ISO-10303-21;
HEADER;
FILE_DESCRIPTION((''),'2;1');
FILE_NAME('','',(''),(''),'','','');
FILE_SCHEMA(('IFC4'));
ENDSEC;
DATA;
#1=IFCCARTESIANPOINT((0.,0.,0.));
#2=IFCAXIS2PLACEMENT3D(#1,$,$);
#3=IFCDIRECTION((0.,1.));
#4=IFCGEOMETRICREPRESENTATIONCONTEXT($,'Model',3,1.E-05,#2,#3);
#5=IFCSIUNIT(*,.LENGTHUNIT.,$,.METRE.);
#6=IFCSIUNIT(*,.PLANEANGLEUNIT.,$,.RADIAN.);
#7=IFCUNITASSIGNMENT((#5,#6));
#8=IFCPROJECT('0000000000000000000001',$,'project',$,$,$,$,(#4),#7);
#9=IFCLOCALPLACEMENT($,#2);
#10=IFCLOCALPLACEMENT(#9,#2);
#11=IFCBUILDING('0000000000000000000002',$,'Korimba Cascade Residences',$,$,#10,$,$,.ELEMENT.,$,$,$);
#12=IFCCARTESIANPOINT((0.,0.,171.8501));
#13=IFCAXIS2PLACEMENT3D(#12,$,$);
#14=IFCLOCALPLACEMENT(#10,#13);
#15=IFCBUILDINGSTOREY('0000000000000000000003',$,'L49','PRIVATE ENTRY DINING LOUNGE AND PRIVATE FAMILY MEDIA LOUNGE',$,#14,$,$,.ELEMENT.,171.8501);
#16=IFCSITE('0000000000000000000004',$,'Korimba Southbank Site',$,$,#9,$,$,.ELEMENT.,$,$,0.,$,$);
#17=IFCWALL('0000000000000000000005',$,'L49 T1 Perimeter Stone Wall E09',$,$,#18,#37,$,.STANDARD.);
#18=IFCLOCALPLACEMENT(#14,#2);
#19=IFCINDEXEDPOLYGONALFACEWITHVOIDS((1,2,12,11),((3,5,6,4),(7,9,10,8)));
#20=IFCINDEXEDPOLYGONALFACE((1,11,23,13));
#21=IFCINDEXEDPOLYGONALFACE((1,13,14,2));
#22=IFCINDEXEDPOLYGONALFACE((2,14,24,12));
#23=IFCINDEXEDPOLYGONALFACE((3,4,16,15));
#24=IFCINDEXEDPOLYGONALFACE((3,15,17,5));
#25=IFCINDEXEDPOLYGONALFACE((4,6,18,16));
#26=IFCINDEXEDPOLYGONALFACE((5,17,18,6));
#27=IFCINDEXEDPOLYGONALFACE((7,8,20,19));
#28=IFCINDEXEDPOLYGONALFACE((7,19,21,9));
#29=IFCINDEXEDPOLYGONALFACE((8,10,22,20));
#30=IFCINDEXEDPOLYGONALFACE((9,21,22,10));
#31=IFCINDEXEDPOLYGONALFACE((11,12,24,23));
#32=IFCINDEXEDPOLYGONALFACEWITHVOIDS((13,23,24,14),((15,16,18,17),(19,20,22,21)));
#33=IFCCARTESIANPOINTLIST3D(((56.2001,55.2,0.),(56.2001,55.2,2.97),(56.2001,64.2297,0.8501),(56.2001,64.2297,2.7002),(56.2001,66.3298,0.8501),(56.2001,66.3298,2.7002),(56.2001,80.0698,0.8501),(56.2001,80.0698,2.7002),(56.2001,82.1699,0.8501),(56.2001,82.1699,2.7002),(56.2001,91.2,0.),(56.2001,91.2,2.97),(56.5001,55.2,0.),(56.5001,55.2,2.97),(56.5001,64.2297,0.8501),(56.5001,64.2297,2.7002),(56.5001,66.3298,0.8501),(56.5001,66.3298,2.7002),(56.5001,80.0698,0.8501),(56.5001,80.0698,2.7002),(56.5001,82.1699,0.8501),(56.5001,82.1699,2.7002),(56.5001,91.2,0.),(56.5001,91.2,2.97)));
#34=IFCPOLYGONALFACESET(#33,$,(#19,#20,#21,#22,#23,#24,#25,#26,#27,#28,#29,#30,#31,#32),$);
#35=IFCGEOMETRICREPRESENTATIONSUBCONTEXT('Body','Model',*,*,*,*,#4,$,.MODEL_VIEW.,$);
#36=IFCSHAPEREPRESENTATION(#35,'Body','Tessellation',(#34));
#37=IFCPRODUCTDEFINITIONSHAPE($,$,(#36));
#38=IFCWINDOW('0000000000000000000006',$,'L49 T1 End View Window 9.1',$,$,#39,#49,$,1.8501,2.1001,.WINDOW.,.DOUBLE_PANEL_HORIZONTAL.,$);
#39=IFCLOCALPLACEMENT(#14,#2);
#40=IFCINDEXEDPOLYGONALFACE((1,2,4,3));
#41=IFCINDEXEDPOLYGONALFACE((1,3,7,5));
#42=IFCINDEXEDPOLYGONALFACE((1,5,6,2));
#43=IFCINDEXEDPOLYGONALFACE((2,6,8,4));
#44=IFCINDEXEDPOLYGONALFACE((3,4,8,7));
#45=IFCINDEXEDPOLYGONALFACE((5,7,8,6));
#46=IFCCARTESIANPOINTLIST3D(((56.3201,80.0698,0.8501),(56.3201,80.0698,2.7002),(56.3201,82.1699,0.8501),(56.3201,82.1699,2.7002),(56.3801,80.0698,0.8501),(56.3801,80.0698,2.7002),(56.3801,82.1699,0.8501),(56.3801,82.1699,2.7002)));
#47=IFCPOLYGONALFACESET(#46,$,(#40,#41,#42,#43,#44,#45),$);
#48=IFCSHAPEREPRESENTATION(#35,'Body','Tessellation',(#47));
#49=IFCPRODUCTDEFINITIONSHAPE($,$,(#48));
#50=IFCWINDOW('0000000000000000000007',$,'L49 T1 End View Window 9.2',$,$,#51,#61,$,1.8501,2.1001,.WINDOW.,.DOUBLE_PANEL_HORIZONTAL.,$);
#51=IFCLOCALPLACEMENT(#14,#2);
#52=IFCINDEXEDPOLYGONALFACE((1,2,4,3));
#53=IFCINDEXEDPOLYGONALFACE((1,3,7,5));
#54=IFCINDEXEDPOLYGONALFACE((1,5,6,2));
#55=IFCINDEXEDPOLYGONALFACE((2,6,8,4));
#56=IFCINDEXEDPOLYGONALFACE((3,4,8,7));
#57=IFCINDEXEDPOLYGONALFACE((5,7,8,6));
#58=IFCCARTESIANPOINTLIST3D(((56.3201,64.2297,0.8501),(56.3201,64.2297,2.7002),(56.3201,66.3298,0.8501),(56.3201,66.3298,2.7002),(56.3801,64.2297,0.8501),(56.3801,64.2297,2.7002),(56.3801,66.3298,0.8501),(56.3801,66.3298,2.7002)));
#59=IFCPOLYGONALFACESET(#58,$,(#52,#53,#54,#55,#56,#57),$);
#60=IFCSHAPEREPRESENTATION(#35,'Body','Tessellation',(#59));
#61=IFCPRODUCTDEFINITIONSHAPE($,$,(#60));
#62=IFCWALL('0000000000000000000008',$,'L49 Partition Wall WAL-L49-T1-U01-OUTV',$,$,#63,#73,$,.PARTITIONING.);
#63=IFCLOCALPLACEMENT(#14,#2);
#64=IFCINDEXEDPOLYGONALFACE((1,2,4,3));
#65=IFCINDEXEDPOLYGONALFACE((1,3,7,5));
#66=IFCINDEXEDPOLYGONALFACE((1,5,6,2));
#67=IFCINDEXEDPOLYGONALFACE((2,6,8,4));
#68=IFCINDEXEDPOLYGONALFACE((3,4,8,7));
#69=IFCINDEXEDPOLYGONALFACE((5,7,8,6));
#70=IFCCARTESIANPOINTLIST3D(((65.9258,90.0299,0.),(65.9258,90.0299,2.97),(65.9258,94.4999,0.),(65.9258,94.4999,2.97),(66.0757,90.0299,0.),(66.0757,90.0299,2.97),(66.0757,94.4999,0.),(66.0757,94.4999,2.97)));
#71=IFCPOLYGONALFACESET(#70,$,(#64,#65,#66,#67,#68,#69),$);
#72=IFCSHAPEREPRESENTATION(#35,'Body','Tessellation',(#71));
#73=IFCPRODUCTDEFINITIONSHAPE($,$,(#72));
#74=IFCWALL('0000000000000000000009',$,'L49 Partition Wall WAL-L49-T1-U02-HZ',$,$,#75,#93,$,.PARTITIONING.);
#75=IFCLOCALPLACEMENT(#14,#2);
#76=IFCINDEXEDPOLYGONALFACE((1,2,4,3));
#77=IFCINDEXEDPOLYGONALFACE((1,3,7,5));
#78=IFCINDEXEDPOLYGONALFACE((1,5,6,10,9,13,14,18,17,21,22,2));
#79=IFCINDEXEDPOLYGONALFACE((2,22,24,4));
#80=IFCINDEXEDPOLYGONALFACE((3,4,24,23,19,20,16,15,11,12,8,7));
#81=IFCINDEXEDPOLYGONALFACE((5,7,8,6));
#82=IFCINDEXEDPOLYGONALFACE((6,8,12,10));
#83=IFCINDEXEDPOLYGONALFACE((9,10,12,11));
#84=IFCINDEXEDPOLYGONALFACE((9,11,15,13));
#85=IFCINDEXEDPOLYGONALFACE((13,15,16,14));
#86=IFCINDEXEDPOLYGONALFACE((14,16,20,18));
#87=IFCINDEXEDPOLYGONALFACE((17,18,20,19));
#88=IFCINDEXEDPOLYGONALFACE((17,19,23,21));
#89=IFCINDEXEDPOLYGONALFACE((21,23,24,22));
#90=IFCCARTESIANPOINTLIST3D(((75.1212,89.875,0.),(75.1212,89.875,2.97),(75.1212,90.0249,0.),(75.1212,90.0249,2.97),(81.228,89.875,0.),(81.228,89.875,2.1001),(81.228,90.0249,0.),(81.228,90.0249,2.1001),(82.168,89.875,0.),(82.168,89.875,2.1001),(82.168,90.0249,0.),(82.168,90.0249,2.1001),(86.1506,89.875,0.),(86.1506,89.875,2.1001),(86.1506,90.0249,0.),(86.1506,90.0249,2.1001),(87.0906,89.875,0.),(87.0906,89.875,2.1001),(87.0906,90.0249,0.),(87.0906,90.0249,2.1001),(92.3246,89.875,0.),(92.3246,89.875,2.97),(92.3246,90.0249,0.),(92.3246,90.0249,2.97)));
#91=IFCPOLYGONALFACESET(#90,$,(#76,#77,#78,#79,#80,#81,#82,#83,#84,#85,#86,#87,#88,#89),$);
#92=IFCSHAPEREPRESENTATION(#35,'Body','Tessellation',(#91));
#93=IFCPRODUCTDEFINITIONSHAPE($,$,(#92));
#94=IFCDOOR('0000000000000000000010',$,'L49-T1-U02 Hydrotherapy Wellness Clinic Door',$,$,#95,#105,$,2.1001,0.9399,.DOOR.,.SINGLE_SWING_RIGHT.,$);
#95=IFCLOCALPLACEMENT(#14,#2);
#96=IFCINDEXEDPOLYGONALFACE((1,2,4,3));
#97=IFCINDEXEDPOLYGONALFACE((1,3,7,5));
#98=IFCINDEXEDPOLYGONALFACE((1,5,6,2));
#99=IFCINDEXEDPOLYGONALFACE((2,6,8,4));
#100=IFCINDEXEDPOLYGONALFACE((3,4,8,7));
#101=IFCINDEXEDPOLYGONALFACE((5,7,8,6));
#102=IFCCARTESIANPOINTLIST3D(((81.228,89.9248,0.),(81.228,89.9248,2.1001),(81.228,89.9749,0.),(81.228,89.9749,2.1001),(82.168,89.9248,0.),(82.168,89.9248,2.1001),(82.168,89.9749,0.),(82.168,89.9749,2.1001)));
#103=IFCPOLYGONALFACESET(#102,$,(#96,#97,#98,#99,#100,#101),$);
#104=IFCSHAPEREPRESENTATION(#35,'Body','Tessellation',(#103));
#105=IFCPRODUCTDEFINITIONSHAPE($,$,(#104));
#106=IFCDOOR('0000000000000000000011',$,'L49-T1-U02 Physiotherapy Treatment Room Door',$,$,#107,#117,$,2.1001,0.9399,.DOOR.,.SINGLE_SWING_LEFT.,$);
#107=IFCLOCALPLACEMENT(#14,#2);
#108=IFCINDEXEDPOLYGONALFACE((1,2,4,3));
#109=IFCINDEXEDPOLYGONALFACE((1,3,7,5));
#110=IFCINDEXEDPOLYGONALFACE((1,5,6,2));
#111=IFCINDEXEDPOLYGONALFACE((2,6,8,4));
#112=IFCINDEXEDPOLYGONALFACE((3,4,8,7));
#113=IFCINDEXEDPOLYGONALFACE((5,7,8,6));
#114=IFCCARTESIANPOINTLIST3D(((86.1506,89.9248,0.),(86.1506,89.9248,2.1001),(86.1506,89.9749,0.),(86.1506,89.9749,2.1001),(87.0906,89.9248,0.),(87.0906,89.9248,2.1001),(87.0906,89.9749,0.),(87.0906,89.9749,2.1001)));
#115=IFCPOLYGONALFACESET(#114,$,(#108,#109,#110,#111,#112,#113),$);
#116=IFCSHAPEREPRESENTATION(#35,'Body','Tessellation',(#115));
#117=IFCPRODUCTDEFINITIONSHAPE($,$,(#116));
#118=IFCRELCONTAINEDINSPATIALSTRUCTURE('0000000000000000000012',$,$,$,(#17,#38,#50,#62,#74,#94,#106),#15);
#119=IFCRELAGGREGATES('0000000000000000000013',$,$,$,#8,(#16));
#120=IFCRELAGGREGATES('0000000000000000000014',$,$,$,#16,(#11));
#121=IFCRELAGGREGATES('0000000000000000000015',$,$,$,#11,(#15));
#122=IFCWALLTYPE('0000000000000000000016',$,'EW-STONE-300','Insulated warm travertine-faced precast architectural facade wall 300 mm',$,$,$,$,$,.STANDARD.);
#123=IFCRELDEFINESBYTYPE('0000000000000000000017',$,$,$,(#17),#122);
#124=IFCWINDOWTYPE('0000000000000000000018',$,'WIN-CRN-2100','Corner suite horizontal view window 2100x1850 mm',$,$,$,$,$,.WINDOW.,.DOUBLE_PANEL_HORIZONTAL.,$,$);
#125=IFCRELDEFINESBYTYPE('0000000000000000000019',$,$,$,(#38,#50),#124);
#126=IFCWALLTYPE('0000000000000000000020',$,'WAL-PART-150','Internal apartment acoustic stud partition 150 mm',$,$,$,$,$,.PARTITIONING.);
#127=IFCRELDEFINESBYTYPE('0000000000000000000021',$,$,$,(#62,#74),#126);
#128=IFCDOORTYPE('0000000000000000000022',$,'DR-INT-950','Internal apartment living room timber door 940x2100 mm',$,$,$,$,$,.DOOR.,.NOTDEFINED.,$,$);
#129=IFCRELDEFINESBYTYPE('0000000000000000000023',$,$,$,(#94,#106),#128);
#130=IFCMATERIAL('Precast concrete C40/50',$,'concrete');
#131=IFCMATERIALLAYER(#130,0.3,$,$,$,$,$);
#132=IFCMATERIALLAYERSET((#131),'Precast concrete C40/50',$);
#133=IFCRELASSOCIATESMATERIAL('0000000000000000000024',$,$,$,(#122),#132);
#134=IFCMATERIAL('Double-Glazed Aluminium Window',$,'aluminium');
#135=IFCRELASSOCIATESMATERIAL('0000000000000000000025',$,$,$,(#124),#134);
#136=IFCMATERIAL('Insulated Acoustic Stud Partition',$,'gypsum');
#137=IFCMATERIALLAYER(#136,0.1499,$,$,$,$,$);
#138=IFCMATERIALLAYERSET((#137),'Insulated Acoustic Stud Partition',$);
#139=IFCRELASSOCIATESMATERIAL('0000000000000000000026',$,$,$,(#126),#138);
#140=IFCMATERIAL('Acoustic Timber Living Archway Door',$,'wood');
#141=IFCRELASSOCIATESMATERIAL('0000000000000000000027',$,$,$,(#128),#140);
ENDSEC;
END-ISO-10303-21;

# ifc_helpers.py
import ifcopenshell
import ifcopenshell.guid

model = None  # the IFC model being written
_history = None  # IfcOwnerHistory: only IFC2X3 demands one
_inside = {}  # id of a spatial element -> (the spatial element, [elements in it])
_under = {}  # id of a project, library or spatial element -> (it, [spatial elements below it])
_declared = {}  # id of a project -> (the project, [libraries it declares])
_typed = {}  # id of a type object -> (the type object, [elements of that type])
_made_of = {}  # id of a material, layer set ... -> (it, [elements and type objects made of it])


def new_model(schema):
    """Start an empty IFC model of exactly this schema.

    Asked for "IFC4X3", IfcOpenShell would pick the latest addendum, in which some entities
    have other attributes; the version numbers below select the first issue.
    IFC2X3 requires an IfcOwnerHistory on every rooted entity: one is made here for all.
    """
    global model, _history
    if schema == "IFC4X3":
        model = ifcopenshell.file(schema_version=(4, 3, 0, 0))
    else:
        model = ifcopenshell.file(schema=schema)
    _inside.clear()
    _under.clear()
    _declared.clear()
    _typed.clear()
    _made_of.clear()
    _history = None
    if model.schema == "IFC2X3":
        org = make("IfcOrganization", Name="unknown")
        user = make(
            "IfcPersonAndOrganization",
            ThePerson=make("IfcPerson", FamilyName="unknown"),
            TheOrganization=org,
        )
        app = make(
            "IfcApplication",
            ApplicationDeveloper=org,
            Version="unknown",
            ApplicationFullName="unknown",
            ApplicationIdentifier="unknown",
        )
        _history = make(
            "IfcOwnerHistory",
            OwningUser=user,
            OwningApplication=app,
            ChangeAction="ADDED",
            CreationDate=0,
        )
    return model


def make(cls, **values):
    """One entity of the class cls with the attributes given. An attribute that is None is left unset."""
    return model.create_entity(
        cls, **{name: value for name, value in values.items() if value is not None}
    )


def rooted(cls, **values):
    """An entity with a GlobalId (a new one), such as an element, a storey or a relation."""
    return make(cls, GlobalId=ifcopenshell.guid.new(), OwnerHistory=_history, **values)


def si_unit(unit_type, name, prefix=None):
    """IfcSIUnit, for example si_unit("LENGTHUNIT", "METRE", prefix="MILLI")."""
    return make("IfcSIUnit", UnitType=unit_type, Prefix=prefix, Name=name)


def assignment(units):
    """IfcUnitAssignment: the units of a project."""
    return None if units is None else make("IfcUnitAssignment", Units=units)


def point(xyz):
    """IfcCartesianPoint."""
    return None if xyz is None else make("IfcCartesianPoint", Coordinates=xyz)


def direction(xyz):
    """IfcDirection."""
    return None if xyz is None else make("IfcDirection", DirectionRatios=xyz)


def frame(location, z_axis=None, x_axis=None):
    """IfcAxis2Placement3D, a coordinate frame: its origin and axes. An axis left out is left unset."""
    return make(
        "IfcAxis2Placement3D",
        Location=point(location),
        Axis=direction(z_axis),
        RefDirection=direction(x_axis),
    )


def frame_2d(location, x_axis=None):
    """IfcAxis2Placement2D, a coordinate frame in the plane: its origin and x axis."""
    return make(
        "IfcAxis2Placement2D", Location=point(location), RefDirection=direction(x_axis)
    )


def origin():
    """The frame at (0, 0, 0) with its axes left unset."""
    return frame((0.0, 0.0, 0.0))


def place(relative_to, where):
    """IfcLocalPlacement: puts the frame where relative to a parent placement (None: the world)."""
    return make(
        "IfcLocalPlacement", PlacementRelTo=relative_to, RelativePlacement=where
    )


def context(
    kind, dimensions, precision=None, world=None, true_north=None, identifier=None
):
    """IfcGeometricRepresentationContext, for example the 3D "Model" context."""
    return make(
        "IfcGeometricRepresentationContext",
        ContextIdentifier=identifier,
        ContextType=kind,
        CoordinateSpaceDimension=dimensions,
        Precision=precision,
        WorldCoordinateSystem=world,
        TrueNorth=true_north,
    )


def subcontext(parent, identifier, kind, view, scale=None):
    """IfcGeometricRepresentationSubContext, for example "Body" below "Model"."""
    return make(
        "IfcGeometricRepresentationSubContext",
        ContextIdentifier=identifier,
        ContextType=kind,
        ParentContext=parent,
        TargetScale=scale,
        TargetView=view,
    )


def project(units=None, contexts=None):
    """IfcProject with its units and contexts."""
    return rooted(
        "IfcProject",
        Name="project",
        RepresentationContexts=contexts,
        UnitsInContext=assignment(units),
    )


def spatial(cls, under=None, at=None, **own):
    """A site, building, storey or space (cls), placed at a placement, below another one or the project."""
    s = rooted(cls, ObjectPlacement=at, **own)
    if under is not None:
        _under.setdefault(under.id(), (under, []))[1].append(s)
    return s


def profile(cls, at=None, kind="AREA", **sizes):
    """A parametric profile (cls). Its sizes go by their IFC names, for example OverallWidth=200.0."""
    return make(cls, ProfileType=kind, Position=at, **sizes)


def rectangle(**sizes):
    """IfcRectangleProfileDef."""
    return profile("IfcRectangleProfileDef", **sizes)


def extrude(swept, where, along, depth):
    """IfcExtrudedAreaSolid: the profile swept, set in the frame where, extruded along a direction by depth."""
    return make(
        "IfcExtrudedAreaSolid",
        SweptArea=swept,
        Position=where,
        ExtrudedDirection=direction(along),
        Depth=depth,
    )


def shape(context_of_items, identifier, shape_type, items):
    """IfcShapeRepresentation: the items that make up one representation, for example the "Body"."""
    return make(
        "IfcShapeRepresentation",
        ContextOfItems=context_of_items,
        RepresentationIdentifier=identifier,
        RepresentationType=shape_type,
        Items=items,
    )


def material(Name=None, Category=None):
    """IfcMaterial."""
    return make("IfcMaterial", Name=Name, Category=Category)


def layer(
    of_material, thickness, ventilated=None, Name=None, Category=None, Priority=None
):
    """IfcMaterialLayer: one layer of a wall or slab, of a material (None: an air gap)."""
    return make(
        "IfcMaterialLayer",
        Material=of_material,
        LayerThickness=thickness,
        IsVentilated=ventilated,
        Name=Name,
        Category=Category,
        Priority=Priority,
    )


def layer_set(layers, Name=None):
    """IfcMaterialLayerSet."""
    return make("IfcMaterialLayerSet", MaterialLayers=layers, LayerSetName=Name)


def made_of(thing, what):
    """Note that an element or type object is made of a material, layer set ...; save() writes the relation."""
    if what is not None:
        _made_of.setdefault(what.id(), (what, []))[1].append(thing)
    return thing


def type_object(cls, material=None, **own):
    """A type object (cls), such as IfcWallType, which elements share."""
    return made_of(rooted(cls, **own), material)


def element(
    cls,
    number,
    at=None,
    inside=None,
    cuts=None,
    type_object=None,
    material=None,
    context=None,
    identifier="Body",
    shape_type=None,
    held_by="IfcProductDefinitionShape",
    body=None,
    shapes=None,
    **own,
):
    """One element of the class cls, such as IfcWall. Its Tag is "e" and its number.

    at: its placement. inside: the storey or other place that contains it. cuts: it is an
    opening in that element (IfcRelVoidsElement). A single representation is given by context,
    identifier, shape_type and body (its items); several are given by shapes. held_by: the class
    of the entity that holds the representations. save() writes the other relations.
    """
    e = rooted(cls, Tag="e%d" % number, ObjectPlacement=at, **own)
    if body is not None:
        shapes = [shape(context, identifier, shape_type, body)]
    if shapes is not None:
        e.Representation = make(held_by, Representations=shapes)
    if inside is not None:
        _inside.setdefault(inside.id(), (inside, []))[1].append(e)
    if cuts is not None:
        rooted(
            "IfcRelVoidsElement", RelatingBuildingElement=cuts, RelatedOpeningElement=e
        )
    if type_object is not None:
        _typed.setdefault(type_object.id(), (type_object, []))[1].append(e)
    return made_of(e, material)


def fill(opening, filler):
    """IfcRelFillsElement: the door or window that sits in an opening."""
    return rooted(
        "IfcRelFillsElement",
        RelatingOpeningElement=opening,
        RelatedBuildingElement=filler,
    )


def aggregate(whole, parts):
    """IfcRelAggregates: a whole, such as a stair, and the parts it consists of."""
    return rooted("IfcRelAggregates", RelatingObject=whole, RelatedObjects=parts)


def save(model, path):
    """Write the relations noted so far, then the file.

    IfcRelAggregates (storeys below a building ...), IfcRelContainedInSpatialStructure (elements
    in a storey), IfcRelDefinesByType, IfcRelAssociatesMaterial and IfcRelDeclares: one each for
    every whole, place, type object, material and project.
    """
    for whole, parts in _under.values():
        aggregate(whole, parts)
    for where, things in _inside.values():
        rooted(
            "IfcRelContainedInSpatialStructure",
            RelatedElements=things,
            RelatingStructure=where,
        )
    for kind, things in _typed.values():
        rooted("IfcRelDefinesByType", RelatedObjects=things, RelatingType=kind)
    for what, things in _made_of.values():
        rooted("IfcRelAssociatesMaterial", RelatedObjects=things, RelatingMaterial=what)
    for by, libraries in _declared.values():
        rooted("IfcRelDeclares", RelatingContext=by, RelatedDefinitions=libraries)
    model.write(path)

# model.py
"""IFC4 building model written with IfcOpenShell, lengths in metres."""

from ifc_helpers import new_model, si_unit, direction, frame, frame_2d, origin, place, context, subcontext, project, spatial, rectangle, extrude, material, layer, layer_set, type_object, element, fill, save


model = new_model("IFC4")

# Units and contexts
model_context = context("Model", 3, precision=1e-05, world=origin(), true_north=direction((0.0, 1.0)))
body_context = subcontext(model_context, "Body", "Model", "MODEL_VIEW")
ifc_project = project(units=[si_unit("LENGTHUNIT", "METRE"), si_unit("PLANEANGLEUNIT", "RADIAN")], contexts=[model_context])

# Site, building, storey
site_placement = place(None, origin())
site = spatial("IfcSite", under=ifc_project, at=site_placement, Name="Korimba Southbank Site", CompositionType="ELEMENT", RefElevation=0.0)
building_placement = place(site_placement, origin())
building = spatial("IfcBuilding", under=site, at=building_placement, Name="Korimba Cascade Residences", CompositionType="ELEMENT")
storey_placement = place(building_placement, frame((0.0, 0.0, 171.8501)))
storey = spatial("IfcBuildingStorey", under=building, at=storey_placement, Name="L49", Description="PRIVATE ENTRY DINING LOUNGE AND PRIVATE FAMILY MEDIA LOUNGE", CompositionType="ELEMENT", Elevation=171.8501)

# Shared definitions
ifc_material_1 = material(Name="Precast concrete C40/50", Category="concrete")
ifc_layer_1 = layer(ifc_material_1, 0.3)
ifc_layer_set_1 = layer_set([ifc_layer_1], Name="Precast concrete C40/50")
wall_type_1 = type_object("IfcWallType", Name="EW-STONE-300", Description="Insulated warm travertine-faced precast architectural facade wall 300 mm", PredefinedType="STANDARD", material=ifc_layer_set_1)

# Wall, openings, windows
wall_1_placement = place(storey_placement, frame((56.3501, 91.2, 0.0), z_axis=(0.0, 0.0, 1.0), x_axis=(0.0, -1.0, 0.0)))
wall_1 = element("IfcWall", 1, at=wall_1_placement, inside=storey, type_object=wall_type_1, Name="L49 T1 Perimeter Stone Wall E09", PredefinedType="STANDARD", context=body_context, shape_type="SweptSolid", body=[
    extrude(rectangle(XDim=36.0, YDim=0.3, at=frame_2d((18.0, 0.0))), origin(), (0.0, 0.0, 1.0), 2.97),
])
opening_1_placement = place(wall_1_placement, frame((9.03, 0.0, 0.8501)))
opening_1 = element("IfcOpeningElement", 2, at=opening_1_placement, cuts=wall_1, PredefinedType="OPENING", context=body_context, shape_type="SweptSolid", body=[
    extrude(rectangle(XDim=2.1001, YDim=1.8501, at=frame_2d((1.05, 0.925))), frame((0.0, 0.1602, 0.0), z_axis=(0.0, -1.0, 0.0), x_axis=(1.0, 0.0, 0.0)), (0.0, 0.0, 1.0), 0.3201),
])
opening_2_placement = place(wall_1_placement, frame((24.8701, 0.0, 0.8501)))
opening_2 = element("IfcOpeningElement", 3, at=opening_2_placement, cuts=wall_1, PredefinedType="OPENING", context=body_context, shape_type="SweptSolid", body=[
    extrude(rectangle(XDim=2.1001, YDim=1.8501, at=frame_2d((1.05, 0.925))), frame((0.0, 0.1602, 0.0), z_axis=(0.0, -1.0, 0.0), x_axis=(1.0, 0.0, 0.0)), (0.0, 0.0, 1.0), 0.3201),
])
ifc_material_2 = material(Name="Double-Glazed Aluminium Window", Category="aluminium")
window_type = type_object("IfcWindowType", Name="WIN-CRN-2100", Description="Corner suite horizontal view window 2100x1850 mm", PartitioningType="DOUBLE_PANEL_HORIZONTAL", PredefinedType="WINDOW", material=ifc_material_2)
window_1_placement = place(opening_1_placement, origin())
window_1 = element("IfcWindow", 4, at=window_1_placement, inside=storey, type_object=window_type, Name="L49 T1 End View Window 9.1", OverallHeight=1.8501, OverallWidth=2.1001, PartitioningType="DOUBLE_PANEL_HORIZONTAL", PredefinedType="WINDOW", context=body_context, shape_type="SweptSolid", body=[
    extrude(rectangle(XDim=2.1001, YDim=1.8501, at=frame_2d((1.05, 0.925))), frame((0.0, 0.03, 0.0), z_axis=(0.0, -1.0, 0.0), x_axis=(1.0, 0.0, 0.0)), (0.0, 0.0, 1.0), 0.0601),
])
fill(opening_1, window_1)
window_2_placement = place(opening_2_placement, origin())
window_2 = element("IfcWindow", 5, at=window_2_placement, inside=storey, type_object=window_type, Name="L49 T1 End View Window 9.2", OverallHeight=1.8501, OverallWidth=2.1001, PartitioningType="DOUBLE_PANEL_HORIZONTAL", PredefinedType="WINDOW", context=body_context, shape_type="SweptSolid", body=[
    extrude(rectangle(XDim=2.1001, YDim=1.8501, at=frame_2d((1.05, 0.925))), frame((0.0, 0.03, 0.0), z_axis=(0.0, -1.0, 0.0), x_axis=(1.0, 0.0, 0.0)), (0.0, 0.0, 1.0), 0.0601),
])
fill(opening_2, window_2)

# Wall
ifc_material_3 = material(Name="Insulated Acoustic Stud Partition", Category="gypsum")
ifc_layer_2 = layer(ifc_material_3, 0.1499)
ifc_layer_set_2 = layer_set([ifc_layer_2], Name="Insulated Acoustic Stud Partition")
wall_type_2 = type_object("IfcWallType", Name="WAL-PART-150", Description="Internal apartment acoustic stud partition 150 mm", PredefinedType="PARTITIONING", material=ifc_layer_set_2)
wall_2_placement = place(storey_placement, frame((66.0007, 90.03, 0.0), z_axis=(0.0, 0.0, 1.0), x_axis=(0.0, 1.0, 0.0)))
element("IfcWall", 6, at=wall_2_placement, inside=storey, type_object=wall_type_2, Name="L49 Partition Wall WAL-L49-T1-U01-OUTV", PredefinedType="PARTITIONING", context=body_context, shape_type="SweptSolid", body=[
    extrude(rectangle(XDim=4.47, YDim=0.1499, at=frame_2d((2.2349, 0.0))), origin(), (0.0, 0.0, 1.0), 2.97),
])

# Wall, openings, doors
wall_3_placement = place(storey_placement, frame((75.1213, 89.95, 0.0), z_axis=(0.0, 0.0, 1.0), x_axis=(1.0, 0.0, 0.0)))
wall_3 = element("IfcWall", 7, at=wall_3_placement, inside=storey, type_object=wall_type_2, Name="L49 Partition Wall WAL-L49-T1-U02-HZ", PredefinedType="PARTITIONING", context=body_context, shape_type="SweptSolid", body=[
    extrude(rectangle(XDim=17.2034, YDim=0.1499, at=frame_2d((8.6016, 0.0))), origin(), (0.0, 0.0, 1.0), 2.97),
])
opening_3_placement = place(wall_3_placement, frame((6.1067, 0.0, 0.0)))
opening_3 = element("IfcOpeningElement", 8, at=opening_3_placement, cuts=wall_3, PredefinedType="OPENING", context=body_context, shape_type="SweptSolid", body=[
    extrude(rectangle(XDim=0.9399, YDim=2.1001, at=frame_2d((0.47, 1.05))), frame((0.0, 0.085, 0.0), z_axis=(0.0, -1.0, 0.0), x_axis=(1.0, 0.0, 0.0)), (0.0, 0.0, 1.0), 0.1699),
])
opening_4_placement = place(wall_3_placement, frame((11.0293, 0.0, 0.0)))
opening_4 = element("IfcOpeningElement", 9, at=opening_4_placement, cuts=wall_3, PredefinedType="OPENING", context=body_context, shape_type="SweptSolid", body=[
    extrude(rectangle(XDim=0.9399, YDim=2.1001, at=frame_2d((0.47, 1.05))), frame((0.0, 0.085, 0.0), z_axis=(0.0, -1.0, 0.0), x_axis=(1.0, 0.0, 0.0)), (0.0, 0.0, 1.0), 0.1699),
])
ifc_material_4 = material(Name="Acoustic Timber Living Archway Door", Category="wood")
door_type = type_object("IfcDoorType", Name="DR-INT-950", Description="Internal apartment living room timber door 940x2100 mm", OperationType="NOTDEFINED", PredefinedType="DOOR", material=ifc_material_4)
door_1_placement = place(opening_3_placement, origin())
door_1 = element("IfcDoor", 10, at=door_1_placement, inside=storey, type_object=door_type, Name="L49-T1-U02 Hydrotherapy Wellness Clinic Door", OperationType="SINGLE_SWING_RIGHT", OverallHeight=2.1001, OverallWidth=0.9399, PredefinedType="DOOR", context=body_context, shape_type="SweptSolid", body=[
    extrude(rectangle(XDim=0.9399, YDim=2.1001, at=frame_2d((0.47, 1.05))), frame((0.0, 0.0249, 0.0), z_axis=(0.0, -1.0, 0.0), x_axis=(1.0, 0.0, 0.0)), (0.0, 0.0, 1.0), 0.05),
])
fill(opening_3, door_1)
door_2_placement = place(opening_4_placement, origin())
door_2 = element("IfcDoor", 11, at=door_2_placement, inside=storey, type_object=door_type, Name="L49-T1-U02 Physiotherapy Treatment Room Door", OperationType="SINGLE_SWING_LEFT", OverallHeight=2.1001, OverallWidth=0.9399, PredefinedType="DOOR", context=body_context, shape_type="SweptSolid", body=[
    extrude(rectangle(XDim=0.9399, YDim=2.1001, at=frame_2d((0.47, 1.05))), frame((0.0, 0.0249, 0.0), z_axis=(0.0, -1.0, 0.0), x_axis=(1.0, 0.0, 0.0)), (0.0, 0.0, 1.0), 0.05),
])
fill(opening_4, door_2)

save(model, "model.ifc")
